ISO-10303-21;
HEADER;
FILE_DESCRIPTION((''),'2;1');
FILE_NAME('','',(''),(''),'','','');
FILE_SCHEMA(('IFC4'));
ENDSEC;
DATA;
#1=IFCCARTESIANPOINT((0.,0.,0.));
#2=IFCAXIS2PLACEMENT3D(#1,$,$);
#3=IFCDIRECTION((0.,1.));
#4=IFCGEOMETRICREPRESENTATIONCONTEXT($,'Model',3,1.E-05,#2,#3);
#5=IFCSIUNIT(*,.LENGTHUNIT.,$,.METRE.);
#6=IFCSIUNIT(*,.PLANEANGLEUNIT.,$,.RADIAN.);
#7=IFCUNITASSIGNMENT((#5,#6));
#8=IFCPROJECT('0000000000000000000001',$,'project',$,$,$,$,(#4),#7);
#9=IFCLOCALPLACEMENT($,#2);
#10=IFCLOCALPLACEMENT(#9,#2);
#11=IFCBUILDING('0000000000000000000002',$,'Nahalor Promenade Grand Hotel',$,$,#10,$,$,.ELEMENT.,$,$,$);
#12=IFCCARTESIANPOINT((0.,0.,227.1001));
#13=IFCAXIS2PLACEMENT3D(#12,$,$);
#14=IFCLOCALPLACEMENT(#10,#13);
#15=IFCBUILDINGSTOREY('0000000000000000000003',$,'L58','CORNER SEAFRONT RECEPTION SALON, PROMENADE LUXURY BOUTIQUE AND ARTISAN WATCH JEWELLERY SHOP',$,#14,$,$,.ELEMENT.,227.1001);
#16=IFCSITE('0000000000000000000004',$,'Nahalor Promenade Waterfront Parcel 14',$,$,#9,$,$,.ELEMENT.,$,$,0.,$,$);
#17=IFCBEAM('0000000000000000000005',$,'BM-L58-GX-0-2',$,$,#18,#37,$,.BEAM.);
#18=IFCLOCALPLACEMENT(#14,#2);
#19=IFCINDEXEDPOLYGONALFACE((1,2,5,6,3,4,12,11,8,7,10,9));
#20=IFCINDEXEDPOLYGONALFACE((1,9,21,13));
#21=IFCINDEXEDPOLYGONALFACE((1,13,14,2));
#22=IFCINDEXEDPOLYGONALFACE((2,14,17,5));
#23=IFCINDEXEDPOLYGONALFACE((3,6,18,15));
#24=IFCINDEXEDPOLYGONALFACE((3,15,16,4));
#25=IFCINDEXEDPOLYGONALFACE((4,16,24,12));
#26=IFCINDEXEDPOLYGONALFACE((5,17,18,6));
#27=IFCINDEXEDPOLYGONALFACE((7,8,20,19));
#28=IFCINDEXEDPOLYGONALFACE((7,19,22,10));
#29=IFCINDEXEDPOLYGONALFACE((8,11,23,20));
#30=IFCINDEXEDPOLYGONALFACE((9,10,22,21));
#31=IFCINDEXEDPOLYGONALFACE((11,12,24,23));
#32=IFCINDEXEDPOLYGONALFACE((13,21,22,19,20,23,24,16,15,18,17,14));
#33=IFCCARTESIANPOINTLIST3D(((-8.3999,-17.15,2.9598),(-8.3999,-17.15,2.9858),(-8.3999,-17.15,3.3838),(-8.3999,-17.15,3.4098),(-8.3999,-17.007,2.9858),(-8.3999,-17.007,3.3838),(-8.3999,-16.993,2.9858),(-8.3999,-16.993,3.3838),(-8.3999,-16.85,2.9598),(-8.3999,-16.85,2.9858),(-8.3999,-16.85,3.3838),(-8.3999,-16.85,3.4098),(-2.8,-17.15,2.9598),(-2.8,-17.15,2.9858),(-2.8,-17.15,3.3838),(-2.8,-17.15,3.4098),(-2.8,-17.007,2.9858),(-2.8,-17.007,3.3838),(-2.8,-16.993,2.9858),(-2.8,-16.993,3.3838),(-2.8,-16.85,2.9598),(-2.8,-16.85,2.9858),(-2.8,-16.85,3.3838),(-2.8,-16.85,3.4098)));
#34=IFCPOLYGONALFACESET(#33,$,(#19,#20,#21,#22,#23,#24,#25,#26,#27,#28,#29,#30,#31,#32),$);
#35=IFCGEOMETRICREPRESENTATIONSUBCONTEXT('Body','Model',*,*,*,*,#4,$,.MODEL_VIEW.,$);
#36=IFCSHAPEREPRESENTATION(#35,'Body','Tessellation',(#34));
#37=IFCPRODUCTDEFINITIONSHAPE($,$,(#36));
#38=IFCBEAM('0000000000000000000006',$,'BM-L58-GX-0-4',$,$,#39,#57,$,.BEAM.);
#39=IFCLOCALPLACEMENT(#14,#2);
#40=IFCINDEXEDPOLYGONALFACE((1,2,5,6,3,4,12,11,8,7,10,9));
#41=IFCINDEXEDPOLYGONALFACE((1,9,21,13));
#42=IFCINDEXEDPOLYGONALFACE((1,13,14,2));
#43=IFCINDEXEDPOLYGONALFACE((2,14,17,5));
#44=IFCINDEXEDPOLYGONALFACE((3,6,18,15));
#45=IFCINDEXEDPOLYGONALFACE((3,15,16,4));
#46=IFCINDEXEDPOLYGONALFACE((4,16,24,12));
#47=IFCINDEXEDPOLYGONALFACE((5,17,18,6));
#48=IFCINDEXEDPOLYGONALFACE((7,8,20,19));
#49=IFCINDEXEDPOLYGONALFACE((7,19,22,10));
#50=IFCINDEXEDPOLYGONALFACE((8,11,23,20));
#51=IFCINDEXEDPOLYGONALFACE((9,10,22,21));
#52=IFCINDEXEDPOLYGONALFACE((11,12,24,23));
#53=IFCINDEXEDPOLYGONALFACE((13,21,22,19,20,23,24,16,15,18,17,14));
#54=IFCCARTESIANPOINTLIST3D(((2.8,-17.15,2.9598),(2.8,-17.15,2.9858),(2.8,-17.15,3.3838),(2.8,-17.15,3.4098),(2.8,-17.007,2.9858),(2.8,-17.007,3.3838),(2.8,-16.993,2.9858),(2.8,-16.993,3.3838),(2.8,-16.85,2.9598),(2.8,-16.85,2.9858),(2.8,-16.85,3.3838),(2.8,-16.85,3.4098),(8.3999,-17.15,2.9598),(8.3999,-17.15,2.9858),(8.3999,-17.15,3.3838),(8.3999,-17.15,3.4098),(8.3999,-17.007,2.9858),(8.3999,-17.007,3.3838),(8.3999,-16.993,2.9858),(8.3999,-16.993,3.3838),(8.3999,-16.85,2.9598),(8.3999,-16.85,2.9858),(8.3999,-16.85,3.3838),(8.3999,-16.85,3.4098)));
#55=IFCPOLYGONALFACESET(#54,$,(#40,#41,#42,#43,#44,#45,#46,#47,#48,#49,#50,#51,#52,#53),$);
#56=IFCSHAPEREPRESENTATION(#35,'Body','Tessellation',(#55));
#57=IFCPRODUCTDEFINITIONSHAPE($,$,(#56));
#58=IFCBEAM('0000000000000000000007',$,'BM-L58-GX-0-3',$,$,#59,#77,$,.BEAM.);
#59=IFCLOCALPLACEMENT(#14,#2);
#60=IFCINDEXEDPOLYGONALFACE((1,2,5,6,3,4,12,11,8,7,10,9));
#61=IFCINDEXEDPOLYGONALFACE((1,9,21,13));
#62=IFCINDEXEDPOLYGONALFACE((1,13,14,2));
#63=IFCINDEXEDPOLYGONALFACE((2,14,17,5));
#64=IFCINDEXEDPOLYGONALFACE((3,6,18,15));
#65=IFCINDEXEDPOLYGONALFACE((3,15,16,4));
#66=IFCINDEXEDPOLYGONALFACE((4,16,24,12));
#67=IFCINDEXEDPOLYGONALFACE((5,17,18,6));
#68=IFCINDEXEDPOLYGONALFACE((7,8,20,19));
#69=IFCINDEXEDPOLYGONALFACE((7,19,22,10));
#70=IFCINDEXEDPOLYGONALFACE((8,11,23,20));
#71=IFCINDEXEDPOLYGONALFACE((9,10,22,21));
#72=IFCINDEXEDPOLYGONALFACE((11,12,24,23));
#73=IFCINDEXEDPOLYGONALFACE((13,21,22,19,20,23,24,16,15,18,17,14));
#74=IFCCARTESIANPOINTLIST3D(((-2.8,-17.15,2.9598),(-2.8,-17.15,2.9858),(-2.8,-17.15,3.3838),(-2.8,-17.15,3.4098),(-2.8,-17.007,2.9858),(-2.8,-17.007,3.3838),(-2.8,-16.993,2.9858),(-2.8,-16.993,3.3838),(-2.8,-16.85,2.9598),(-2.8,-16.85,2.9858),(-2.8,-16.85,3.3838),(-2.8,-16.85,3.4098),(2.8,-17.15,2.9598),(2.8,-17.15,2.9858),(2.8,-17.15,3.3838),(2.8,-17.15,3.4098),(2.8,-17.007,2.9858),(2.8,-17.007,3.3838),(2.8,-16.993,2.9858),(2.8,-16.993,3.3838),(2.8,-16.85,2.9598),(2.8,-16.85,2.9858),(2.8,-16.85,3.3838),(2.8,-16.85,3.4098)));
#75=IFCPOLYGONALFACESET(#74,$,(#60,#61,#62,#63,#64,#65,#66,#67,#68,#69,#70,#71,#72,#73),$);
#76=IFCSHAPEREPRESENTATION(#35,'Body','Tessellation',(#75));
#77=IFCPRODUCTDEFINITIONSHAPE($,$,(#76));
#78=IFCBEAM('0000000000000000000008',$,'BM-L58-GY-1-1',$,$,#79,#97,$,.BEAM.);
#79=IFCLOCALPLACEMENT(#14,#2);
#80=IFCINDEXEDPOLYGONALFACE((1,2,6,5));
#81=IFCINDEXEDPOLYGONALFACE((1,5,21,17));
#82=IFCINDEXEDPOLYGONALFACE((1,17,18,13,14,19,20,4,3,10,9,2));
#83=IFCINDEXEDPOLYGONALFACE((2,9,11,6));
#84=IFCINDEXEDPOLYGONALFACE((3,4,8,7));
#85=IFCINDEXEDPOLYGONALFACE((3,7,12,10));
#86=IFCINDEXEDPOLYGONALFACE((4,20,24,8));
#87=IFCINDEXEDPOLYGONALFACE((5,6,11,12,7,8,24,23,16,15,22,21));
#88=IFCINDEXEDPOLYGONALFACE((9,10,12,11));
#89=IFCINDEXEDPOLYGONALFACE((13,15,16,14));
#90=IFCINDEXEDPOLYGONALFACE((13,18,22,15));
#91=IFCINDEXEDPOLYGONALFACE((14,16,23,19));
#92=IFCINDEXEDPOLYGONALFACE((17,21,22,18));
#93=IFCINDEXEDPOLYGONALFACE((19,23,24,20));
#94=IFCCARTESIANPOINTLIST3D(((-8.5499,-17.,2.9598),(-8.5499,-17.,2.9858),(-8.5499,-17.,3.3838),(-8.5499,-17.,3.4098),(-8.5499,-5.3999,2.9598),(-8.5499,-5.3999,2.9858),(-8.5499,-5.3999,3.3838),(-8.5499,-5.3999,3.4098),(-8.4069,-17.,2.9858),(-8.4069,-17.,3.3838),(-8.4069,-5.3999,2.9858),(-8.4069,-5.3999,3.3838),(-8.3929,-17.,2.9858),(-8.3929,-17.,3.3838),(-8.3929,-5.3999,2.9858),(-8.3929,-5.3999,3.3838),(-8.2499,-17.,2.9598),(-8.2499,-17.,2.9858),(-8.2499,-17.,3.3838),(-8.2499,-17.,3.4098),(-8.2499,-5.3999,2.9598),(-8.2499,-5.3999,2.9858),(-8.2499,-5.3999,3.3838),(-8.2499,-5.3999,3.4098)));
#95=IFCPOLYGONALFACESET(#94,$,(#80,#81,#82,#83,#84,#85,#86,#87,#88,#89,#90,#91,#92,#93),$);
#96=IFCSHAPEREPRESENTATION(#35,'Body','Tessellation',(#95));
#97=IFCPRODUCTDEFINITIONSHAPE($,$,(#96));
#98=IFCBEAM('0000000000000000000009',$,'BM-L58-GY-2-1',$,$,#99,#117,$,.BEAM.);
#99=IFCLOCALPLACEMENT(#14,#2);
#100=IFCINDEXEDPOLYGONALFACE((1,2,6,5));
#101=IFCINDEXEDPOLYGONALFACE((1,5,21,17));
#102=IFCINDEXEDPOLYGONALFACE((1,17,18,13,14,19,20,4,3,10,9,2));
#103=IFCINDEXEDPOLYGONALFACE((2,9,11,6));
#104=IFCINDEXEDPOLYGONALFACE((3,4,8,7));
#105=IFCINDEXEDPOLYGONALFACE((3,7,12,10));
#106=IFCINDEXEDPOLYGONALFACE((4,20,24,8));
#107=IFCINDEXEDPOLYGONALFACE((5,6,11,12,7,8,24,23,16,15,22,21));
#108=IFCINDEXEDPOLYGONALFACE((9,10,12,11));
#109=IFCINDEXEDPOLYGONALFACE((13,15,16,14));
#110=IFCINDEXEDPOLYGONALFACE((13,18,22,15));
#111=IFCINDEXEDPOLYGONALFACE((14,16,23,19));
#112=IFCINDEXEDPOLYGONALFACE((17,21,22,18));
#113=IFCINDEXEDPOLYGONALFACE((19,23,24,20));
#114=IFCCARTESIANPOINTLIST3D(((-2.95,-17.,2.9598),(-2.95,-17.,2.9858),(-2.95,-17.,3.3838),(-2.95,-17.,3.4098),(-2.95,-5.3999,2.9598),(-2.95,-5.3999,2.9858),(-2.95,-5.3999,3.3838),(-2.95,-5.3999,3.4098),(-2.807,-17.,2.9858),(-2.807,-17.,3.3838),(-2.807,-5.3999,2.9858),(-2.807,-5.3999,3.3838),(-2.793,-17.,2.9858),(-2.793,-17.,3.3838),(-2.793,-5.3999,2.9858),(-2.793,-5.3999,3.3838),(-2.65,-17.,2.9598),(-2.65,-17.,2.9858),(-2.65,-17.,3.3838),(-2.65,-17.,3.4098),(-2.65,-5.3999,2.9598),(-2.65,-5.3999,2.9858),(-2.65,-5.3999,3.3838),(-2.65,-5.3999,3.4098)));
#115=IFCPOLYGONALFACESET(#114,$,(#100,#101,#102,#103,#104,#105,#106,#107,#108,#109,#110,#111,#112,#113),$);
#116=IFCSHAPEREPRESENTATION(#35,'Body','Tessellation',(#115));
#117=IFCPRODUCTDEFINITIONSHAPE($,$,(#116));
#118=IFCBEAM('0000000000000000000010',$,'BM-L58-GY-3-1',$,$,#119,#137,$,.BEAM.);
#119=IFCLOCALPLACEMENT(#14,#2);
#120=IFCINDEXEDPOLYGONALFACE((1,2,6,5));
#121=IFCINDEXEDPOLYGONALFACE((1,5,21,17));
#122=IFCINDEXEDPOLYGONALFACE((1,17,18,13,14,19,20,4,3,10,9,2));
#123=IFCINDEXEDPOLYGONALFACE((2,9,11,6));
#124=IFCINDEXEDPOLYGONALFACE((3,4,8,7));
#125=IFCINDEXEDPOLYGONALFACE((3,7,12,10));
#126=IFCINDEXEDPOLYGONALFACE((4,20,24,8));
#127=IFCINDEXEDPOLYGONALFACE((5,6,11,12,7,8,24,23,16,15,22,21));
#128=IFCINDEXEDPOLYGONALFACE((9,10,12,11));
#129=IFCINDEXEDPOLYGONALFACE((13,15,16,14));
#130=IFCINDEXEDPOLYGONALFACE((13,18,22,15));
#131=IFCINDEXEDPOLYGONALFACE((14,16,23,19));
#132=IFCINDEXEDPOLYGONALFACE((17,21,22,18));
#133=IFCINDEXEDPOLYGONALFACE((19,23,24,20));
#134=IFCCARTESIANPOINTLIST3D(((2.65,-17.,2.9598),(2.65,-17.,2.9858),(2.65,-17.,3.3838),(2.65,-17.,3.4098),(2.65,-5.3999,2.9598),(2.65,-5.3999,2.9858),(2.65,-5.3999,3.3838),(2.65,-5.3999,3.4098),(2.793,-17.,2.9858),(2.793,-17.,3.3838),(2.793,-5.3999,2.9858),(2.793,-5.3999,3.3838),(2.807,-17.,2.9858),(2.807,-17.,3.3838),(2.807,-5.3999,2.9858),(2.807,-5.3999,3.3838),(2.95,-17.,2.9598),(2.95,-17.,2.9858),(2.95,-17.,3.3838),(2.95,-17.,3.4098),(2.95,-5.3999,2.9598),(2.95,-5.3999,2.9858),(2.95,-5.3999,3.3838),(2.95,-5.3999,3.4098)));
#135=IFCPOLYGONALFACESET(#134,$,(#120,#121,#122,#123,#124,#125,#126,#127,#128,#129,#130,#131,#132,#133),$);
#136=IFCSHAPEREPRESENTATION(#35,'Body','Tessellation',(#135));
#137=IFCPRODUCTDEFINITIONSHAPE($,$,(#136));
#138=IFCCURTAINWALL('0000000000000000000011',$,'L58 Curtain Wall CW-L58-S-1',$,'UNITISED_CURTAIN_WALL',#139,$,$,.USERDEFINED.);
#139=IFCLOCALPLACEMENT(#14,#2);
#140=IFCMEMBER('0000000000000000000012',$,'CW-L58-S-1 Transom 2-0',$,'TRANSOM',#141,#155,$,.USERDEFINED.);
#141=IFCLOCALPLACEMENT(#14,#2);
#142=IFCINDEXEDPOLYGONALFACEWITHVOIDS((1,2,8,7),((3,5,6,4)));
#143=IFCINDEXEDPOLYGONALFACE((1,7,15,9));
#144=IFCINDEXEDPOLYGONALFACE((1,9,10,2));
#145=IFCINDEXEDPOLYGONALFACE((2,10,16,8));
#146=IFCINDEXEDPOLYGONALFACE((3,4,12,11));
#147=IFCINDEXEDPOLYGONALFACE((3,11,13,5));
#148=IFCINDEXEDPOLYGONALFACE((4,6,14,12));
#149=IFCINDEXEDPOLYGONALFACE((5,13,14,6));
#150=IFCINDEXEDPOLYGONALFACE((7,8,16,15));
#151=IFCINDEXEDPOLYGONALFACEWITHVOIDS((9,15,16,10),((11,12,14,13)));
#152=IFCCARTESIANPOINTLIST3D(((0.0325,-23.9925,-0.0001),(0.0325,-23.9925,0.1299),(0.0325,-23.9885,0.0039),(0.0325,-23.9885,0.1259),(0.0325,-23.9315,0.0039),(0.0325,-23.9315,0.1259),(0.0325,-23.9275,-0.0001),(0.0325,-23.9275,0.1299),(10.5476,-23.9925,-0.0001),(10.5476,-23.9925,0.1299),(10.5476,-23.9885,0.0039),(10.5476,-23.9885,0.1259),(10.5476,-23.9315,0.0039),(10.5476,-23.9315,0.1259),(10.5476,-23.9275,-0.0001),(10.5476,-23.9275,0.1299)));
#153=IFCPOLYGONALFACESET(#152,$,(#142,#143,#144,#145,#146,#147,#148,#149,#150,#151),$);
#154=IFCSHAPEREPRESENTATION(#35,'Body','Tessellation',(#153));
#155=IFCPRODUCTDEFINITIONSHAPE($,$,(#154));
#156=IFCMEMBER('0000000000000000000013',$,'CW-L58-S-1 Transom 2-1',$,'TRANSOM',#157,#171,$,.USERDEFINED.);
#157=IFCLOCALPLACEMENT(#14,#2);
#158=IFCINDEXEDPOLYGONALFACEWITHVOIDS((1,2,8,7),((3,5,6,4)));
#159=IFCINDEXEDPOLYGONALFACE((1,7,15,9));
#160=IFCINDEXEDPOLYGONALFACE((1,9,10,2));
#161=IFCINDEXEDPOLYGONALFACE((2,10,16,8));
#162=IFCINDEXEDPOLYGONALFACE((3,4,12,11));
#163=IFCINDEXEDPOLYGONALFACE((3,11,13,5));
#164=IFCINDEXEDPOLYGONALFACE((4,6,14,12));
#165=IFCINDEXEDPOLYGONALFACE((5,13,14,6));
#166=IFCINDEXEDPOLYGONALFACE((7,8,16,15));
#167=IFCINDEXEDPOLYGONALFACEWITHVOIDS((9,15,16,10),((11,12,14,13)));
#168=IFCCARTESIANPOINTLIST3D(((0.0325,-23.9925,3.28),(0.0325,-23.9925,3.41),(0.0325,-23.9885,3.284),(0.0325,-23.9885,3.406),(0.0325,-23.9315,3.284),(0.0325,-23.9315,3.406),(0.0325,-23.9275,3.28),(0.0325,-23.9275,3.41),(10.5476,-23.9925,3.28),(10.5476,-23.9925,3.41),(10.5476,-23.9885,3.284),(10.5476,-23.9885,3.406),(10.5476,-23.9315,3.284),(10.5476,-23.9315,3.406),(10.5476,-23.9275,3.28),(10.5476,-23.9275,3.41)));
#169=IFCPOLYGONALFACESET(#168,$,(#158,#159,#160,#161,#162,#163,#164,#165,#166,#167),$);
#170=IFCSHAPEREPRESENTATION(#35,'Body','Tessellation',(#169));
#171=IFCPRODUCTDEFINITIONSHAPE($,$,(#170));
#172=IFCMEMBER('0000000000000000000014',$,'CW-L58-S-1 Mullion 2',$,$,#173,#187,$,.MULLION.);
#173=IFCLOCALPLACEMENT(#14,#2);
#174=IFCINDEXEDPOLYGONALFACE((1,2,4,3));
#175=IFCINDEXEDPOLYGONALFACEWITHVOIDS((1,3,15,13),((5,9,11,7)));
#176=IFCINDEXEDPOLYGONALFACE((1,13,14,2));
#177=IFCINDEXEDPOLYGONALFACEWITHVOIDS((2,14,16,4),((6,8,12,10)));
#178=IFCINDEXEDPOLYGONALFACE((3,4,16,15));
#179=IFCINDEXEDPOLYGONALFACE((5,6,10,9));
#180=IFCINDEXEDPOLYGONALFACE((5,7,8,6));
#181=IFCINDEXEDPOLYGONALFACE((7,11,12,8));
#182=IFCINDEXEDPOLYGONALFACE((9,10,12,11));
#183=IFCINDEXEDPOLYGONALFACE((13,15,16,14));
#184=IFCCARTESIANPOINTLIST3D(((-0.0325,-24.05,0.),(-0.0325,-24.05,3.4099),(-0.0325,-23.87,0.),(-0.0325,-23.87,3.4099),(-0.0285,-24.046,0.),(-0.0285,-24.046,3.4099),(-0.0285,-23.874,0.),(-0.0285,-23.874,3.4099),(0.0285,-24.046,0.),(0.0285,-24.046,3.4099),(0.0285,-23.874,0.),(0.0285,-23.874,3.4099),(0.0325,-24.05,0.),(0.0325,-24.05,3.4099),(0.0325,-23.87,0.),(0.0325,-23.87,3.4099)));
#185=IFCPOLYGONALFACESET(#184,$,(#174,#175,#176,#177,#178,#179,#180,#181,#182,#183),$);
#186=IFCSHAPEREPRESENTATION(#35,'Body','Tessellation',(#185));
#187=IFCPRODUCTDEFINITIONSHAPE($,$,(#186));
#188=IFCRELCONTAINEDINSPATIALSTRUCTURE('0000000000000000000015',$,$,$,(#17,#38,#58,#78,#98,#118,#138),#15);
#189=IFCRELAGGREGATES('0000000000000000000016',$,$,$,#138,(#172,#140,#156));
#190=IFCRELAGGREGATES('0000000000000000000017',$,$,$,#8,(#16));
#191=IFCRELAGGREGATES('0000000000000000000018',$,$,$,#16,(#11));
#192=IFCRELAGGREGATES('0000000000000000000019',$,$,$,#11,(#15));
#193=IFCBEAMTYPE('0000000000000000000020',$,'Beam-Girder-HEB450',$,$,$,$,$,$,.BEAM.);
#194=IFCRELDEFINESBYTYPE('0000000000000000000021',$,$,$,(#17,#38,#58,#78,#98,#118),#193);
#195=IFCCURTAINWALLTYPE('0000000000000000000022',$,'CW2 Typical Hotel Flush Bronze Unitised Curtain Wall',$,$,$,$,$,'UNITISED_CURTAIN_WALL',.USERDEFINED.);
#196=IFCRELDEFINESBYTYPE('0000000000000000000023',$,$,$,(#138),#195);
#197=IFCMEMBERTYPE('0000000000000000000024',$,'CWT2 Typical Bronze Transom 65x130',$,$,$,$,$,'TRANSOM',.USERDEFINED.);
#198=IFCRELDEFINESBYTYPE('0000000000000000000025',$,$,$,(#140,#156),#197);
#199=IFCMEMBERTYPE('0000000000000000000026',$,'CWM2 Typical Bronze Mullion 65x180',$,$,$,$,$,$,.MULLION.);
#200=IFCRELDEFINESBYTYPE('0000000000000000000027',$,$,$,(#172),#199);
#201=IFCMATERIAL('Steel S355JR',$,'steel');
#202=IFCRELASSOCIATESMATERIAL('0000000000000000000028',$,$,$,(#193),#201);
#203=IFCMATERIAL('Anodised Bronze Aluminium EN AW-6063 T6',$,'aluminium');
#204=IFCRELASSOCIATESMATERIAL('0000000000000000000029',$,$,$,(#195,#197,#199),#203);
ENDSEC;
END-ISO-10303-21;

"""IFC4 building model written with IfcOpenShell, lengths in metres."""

from ifc_helpers import new_model, si_unit, direction, frame, origin, origin_2d, place, context, subcontext, project, spatial, hollow_rectangle, i_section, extrude, source, transform, mapped, material, material_profile, profile_set, type_object, element, aggregate, save


model = new_model("IFC4")

# Units and contexts
model_context = context("Model", 3, precision=1e-05, world=origin(), true_north=direction((0.0, 1.0)))
body_context = subcontext(model_context, "Body", "Model", "MODEL_VIEW")
ifc_project = project(units=[si_unit("LENGTHUNIT", "METRE"), si_unit("PLANEANGLEUNIT", "RADIAN")], contexts=[model_context])

# Site, building, storey
site_placement = place(None, origin())
site = spatial("IfcSite", under=ifc_project, at=site_placement, Name="Nahalor Promenade Waterfront Parcel 14", CompositionType="ELEMENT", RefElevation=0.0)
building_placement = place(site_placement, origin())
building = spatial("IfcBuilding", under=site, at=building_placement, Name="Nahalor Promenade Grand Hotel", CompositionType="ELEMENT")
storey_placement = place(building_placement, frame((0.0, 0.0, 227.1001)))
storey = spatial("IfcBuildingStorey", under=building, at=storey_placement, Name="L58", Description="CORNER SEAFRONT RECEPTION SALON, PROMENADE LUXURY BOUTIQUE AND ARTISAN WATCH JEWELLERY SHOP", CompositionType="ELEMENT", Elevation=227.1001)

# Shared definitions
ifc_material_1 = material(Name="Steel S355JR", Category="steel")

# Beams
ifc_material_profile_1 = material_profile(ifc_material_1, i_section(OverallWidth=0.3, OverallDepth=0.45, WebThickness=0.014, FlangeThickness=0.026, at=origin_2d()), Name="HEB 450")
ifc_profile_set_1 = profile_set([ifc_material_profile_1], Name="Steel S355JR")
beam_type_1 = type_object("IfcBeamType", Name="Beam-Girder-HEB450", PredefinedType="BEAM", material=ifc_profile_set_1)
shared_shape_1 = source(origin(), body_context, "Body", "SweptSolid", [
    extrude(i_section(OverallWidth=0.3, OverallDepth=0.45, WebThickness=0.014, FlangeThickness=0.026, at=origin_2d()), origin(), (0.0, 0.0, 1.0), 5.5999),
])
for number, where, z_axis, x_axis, name in (
    (1, (-8.3999, -17.0, 3.1848), (1.0, 0.0, 0.0), (0.0, 1.0, 0.0), "BM-L58-GX-0-2"),
    (2, (2.8, -17.0, 3.1848), (1.0, 0.0, 0.0), (0.0, 1.0, 0.0), "BM-L58-GX-0-4"),
):
    element("IfcBeam", number, at=place(storey_placement, frame(where, z_axis=z_axis, x_axis=x_axis)), inside=storey, type_object=beam_type_1, Name=name, PredefinedType="BEAM", context=body_context, shape_type="MappedRepresentation", body=[
        mapped(shared_shape_1, transform((0.0, 0.0, 0.0), scale=1.0)),
    ])
shared_shape_2 = source(origin(), body_context, "Body", "SweptSolid", [
    extrude(i_section(OverallWidth=0.3, OverallDepth=0.45, WebThickness=0.014, FlangeThickness=0.026, at=origin_2d()), origin(), (0.0, 0.0, 1.0), 5.6001),
])
beam_1_placement = place(storey_placement, frame((-2.8, -17.0, 3.1848), z_axis=(1.0, 0.0, 0.0), x_axis=(0.0, 1.0, 0.0)))
element("IfcBeam", 3, at=beam_1_placement, inside=storey, type_object=beam_type_1, Name="BM-L58-GX-0-3", PredefinedType="BEAM", context=body_context, shape_type="MappedRepresentation", body=[
    mapped(shared_shape_2, transform((0.0, 0.0, 0.0), scale=1.0)),
])
shared_shape_3 = source(origin(), body_context, "Body", "SweptSolid", [
    extrude(i_section(OverallWidth=0.3, OverallDepth=0.45, WebThickness=0.014, FlangeThickness=0.026, at=origin_2d()), origin(), (0.0, 0.0, 1.0), 11.6001),
])
for number, where, z_axis, x_axis, name in (
    (4, (-8.3999, -17.0, 3.1848), (0.0, 1.0, 0.0), (-1.0, 0.0, 0.0), "BM-L58-GY-1-1"),
    (5, (-2.8, -17.0, 3.1848), (0.0, 1.0, 0.0), (-1.0, 0.0, 0.0), "BM-L58-GY-2-1"),
    (6, (2.8, -17.0, 3.1848), (0.0, 1.0, 0.0), (-1.0, 0.0, 0.0), "BM-L58-GY-3-1"),
):
    element("IfcBeam", number, at=place(storey_placement, frame(where, z_axis=z_axis, x_axis=x_axis)), inside=storey, type_object=beam_type_1, Name=name, PredefinedType="BEAM", context=body_context, shape_type="MappedRepresentation", body=[
        mapped(shared_shape_3, transform((0.0, 0.0, 0.0), scale=1.0)),
    ])

# Curtain wall, members
ifc_material_2 = material(Name="Anodised Bronze Aluminium EN AW-6063 T6", Category="aluminium")
curtain_wall_type = type_object("IfcCurtainWallType", Name="CW2 Typical Hotel Flush Bronze Unitised Curtain Wall", ElementType="UNITISED_CURTAIN_WALL", PredefinedType="USERDEFINED", material=ifc_material_2)
curtain_wall_placement = place(storey_placement, origin())
curtain_wall = element("IfcCurtainWall", 7, at=curtain_wall_placement, inside=storey, type_object=curtain_wall_type, Name="L58 Curtain Wall CW-L58-S-1", ObjectType="UNITISED_CURTAIN_WALL", PredefinedType="USERDEFINED")
ifc_material_profile_2 = material_profile(ifc_material_2, hollow_rectangle(XDim=0.065, YDim=0.13, WallThickness=0.004, at=origin_2d()), Name="CWT 65x130x4")
ifc_profile_set_2 = profile_set([ifc_material_profile_2], Name="Anodised Bronze Aluminium EN AW-6063 T6")
member_type_1 = type_object("IfcMemberType", Name="CWT2 Typical Bronze Transom 65x130", ElementType="TRANSOM", PredefinedType="USERDEFINED", material=ifc_profile_set_2)
shared_shape_4 = source(origin(), body_context, "Body", "SweptSolid", [
    extrude(hollow_rectangle(XDim=0.065, YDim=0.13, WallThickness=0.004, at=origin_2d()), origin(), (0.0, 0.0, 1.0), 10.5151),
])
member_1_placement = place(storey_placement, frame((0.0325, -23.96, 0.0649), z_axis=(1.0, 0.0, 0.0), x_axis=(0.0, 1.0, 0.0)))
member_1 = element("IfcMember", 8, at=member_1_placement, type_object=member_type_1, Name="CW-L58-S-1 Transom 2-0", ObjectType="TRANSOM", PredefinedType="USERDEFINED", context=body_context, shape_type="MappedRepresentation", body=[
    mapped(shared_shape_4, transform((0.0, 0.0, 0.0), scale=1.0)),
])
member_2_placement = place(storey_placement, frame((0.0325, -23.96, 3.345), z_axis=(1.0, 0.0, 0.0), x_axis=(0.0, 1.0, 0.0)))
member_2 = element("IfcMember", 9, at=member_2_placement, type_object=member_type_1, Name="CW-L58-S-1 Transom 2-1", ObjectType="TRANSOM", PredefinedType="USERDEFINED", context=body_context, shape_type="MappedRepresentation", body=[
    mapped(shared_shape_4, transform((0.0, 0.0, 0.0), scale=1.0)),
])
ifc_material_profile_3 = material_profile(ifc_material_2, hollow_rectangle(XDim=0.065, YDim=0.18, WallThickness=0.004, at=origin_2d()), Name="CWM 65x180x4")
ifc_profile_set_3 = profile_set([ifc_material_profile_3], Name="Anodised Bronze Aluminium EN AW-6063 T6")
member_type_2 = type_object("IfcMemberType", Name="CWM2 Typical Bronze Mullion 65x180", PredefinedType="MULLION", material=ifc_profile_set_3)
shared_shape_5 = source(origin(), body_context, "Body", "SweptSolid", [
    extrude(hollow_rectangle(XDim=0.065, YDim=0.18, WallThickness=0.004, at=origin_2d()), origin(), (0.0, 0.0, 1.0), 3.4099),
])
member_3_placement = place(storey_placement, frame((0.0, -23.96, 0.0), z_axis=(0.0, 0.0, 1.0), x_axis=(1.0, 0.0, 0.0)))
member_3 = element("IfcMember", 10, at=member_3_placement, type_object=member_type_2, Name="CW-L58-S-1 Mullion 2", PredefinedType="MULLION", context=body_context, shape_type="MappedRepresentation", body=[
    mapped(shared_shape_5, transform((0.0, 0.0, 0.0), scale=1.0)),
])
aggregate(curtain_wall, [member_3, member_1, member_2])

save(model, "model.ifc")
